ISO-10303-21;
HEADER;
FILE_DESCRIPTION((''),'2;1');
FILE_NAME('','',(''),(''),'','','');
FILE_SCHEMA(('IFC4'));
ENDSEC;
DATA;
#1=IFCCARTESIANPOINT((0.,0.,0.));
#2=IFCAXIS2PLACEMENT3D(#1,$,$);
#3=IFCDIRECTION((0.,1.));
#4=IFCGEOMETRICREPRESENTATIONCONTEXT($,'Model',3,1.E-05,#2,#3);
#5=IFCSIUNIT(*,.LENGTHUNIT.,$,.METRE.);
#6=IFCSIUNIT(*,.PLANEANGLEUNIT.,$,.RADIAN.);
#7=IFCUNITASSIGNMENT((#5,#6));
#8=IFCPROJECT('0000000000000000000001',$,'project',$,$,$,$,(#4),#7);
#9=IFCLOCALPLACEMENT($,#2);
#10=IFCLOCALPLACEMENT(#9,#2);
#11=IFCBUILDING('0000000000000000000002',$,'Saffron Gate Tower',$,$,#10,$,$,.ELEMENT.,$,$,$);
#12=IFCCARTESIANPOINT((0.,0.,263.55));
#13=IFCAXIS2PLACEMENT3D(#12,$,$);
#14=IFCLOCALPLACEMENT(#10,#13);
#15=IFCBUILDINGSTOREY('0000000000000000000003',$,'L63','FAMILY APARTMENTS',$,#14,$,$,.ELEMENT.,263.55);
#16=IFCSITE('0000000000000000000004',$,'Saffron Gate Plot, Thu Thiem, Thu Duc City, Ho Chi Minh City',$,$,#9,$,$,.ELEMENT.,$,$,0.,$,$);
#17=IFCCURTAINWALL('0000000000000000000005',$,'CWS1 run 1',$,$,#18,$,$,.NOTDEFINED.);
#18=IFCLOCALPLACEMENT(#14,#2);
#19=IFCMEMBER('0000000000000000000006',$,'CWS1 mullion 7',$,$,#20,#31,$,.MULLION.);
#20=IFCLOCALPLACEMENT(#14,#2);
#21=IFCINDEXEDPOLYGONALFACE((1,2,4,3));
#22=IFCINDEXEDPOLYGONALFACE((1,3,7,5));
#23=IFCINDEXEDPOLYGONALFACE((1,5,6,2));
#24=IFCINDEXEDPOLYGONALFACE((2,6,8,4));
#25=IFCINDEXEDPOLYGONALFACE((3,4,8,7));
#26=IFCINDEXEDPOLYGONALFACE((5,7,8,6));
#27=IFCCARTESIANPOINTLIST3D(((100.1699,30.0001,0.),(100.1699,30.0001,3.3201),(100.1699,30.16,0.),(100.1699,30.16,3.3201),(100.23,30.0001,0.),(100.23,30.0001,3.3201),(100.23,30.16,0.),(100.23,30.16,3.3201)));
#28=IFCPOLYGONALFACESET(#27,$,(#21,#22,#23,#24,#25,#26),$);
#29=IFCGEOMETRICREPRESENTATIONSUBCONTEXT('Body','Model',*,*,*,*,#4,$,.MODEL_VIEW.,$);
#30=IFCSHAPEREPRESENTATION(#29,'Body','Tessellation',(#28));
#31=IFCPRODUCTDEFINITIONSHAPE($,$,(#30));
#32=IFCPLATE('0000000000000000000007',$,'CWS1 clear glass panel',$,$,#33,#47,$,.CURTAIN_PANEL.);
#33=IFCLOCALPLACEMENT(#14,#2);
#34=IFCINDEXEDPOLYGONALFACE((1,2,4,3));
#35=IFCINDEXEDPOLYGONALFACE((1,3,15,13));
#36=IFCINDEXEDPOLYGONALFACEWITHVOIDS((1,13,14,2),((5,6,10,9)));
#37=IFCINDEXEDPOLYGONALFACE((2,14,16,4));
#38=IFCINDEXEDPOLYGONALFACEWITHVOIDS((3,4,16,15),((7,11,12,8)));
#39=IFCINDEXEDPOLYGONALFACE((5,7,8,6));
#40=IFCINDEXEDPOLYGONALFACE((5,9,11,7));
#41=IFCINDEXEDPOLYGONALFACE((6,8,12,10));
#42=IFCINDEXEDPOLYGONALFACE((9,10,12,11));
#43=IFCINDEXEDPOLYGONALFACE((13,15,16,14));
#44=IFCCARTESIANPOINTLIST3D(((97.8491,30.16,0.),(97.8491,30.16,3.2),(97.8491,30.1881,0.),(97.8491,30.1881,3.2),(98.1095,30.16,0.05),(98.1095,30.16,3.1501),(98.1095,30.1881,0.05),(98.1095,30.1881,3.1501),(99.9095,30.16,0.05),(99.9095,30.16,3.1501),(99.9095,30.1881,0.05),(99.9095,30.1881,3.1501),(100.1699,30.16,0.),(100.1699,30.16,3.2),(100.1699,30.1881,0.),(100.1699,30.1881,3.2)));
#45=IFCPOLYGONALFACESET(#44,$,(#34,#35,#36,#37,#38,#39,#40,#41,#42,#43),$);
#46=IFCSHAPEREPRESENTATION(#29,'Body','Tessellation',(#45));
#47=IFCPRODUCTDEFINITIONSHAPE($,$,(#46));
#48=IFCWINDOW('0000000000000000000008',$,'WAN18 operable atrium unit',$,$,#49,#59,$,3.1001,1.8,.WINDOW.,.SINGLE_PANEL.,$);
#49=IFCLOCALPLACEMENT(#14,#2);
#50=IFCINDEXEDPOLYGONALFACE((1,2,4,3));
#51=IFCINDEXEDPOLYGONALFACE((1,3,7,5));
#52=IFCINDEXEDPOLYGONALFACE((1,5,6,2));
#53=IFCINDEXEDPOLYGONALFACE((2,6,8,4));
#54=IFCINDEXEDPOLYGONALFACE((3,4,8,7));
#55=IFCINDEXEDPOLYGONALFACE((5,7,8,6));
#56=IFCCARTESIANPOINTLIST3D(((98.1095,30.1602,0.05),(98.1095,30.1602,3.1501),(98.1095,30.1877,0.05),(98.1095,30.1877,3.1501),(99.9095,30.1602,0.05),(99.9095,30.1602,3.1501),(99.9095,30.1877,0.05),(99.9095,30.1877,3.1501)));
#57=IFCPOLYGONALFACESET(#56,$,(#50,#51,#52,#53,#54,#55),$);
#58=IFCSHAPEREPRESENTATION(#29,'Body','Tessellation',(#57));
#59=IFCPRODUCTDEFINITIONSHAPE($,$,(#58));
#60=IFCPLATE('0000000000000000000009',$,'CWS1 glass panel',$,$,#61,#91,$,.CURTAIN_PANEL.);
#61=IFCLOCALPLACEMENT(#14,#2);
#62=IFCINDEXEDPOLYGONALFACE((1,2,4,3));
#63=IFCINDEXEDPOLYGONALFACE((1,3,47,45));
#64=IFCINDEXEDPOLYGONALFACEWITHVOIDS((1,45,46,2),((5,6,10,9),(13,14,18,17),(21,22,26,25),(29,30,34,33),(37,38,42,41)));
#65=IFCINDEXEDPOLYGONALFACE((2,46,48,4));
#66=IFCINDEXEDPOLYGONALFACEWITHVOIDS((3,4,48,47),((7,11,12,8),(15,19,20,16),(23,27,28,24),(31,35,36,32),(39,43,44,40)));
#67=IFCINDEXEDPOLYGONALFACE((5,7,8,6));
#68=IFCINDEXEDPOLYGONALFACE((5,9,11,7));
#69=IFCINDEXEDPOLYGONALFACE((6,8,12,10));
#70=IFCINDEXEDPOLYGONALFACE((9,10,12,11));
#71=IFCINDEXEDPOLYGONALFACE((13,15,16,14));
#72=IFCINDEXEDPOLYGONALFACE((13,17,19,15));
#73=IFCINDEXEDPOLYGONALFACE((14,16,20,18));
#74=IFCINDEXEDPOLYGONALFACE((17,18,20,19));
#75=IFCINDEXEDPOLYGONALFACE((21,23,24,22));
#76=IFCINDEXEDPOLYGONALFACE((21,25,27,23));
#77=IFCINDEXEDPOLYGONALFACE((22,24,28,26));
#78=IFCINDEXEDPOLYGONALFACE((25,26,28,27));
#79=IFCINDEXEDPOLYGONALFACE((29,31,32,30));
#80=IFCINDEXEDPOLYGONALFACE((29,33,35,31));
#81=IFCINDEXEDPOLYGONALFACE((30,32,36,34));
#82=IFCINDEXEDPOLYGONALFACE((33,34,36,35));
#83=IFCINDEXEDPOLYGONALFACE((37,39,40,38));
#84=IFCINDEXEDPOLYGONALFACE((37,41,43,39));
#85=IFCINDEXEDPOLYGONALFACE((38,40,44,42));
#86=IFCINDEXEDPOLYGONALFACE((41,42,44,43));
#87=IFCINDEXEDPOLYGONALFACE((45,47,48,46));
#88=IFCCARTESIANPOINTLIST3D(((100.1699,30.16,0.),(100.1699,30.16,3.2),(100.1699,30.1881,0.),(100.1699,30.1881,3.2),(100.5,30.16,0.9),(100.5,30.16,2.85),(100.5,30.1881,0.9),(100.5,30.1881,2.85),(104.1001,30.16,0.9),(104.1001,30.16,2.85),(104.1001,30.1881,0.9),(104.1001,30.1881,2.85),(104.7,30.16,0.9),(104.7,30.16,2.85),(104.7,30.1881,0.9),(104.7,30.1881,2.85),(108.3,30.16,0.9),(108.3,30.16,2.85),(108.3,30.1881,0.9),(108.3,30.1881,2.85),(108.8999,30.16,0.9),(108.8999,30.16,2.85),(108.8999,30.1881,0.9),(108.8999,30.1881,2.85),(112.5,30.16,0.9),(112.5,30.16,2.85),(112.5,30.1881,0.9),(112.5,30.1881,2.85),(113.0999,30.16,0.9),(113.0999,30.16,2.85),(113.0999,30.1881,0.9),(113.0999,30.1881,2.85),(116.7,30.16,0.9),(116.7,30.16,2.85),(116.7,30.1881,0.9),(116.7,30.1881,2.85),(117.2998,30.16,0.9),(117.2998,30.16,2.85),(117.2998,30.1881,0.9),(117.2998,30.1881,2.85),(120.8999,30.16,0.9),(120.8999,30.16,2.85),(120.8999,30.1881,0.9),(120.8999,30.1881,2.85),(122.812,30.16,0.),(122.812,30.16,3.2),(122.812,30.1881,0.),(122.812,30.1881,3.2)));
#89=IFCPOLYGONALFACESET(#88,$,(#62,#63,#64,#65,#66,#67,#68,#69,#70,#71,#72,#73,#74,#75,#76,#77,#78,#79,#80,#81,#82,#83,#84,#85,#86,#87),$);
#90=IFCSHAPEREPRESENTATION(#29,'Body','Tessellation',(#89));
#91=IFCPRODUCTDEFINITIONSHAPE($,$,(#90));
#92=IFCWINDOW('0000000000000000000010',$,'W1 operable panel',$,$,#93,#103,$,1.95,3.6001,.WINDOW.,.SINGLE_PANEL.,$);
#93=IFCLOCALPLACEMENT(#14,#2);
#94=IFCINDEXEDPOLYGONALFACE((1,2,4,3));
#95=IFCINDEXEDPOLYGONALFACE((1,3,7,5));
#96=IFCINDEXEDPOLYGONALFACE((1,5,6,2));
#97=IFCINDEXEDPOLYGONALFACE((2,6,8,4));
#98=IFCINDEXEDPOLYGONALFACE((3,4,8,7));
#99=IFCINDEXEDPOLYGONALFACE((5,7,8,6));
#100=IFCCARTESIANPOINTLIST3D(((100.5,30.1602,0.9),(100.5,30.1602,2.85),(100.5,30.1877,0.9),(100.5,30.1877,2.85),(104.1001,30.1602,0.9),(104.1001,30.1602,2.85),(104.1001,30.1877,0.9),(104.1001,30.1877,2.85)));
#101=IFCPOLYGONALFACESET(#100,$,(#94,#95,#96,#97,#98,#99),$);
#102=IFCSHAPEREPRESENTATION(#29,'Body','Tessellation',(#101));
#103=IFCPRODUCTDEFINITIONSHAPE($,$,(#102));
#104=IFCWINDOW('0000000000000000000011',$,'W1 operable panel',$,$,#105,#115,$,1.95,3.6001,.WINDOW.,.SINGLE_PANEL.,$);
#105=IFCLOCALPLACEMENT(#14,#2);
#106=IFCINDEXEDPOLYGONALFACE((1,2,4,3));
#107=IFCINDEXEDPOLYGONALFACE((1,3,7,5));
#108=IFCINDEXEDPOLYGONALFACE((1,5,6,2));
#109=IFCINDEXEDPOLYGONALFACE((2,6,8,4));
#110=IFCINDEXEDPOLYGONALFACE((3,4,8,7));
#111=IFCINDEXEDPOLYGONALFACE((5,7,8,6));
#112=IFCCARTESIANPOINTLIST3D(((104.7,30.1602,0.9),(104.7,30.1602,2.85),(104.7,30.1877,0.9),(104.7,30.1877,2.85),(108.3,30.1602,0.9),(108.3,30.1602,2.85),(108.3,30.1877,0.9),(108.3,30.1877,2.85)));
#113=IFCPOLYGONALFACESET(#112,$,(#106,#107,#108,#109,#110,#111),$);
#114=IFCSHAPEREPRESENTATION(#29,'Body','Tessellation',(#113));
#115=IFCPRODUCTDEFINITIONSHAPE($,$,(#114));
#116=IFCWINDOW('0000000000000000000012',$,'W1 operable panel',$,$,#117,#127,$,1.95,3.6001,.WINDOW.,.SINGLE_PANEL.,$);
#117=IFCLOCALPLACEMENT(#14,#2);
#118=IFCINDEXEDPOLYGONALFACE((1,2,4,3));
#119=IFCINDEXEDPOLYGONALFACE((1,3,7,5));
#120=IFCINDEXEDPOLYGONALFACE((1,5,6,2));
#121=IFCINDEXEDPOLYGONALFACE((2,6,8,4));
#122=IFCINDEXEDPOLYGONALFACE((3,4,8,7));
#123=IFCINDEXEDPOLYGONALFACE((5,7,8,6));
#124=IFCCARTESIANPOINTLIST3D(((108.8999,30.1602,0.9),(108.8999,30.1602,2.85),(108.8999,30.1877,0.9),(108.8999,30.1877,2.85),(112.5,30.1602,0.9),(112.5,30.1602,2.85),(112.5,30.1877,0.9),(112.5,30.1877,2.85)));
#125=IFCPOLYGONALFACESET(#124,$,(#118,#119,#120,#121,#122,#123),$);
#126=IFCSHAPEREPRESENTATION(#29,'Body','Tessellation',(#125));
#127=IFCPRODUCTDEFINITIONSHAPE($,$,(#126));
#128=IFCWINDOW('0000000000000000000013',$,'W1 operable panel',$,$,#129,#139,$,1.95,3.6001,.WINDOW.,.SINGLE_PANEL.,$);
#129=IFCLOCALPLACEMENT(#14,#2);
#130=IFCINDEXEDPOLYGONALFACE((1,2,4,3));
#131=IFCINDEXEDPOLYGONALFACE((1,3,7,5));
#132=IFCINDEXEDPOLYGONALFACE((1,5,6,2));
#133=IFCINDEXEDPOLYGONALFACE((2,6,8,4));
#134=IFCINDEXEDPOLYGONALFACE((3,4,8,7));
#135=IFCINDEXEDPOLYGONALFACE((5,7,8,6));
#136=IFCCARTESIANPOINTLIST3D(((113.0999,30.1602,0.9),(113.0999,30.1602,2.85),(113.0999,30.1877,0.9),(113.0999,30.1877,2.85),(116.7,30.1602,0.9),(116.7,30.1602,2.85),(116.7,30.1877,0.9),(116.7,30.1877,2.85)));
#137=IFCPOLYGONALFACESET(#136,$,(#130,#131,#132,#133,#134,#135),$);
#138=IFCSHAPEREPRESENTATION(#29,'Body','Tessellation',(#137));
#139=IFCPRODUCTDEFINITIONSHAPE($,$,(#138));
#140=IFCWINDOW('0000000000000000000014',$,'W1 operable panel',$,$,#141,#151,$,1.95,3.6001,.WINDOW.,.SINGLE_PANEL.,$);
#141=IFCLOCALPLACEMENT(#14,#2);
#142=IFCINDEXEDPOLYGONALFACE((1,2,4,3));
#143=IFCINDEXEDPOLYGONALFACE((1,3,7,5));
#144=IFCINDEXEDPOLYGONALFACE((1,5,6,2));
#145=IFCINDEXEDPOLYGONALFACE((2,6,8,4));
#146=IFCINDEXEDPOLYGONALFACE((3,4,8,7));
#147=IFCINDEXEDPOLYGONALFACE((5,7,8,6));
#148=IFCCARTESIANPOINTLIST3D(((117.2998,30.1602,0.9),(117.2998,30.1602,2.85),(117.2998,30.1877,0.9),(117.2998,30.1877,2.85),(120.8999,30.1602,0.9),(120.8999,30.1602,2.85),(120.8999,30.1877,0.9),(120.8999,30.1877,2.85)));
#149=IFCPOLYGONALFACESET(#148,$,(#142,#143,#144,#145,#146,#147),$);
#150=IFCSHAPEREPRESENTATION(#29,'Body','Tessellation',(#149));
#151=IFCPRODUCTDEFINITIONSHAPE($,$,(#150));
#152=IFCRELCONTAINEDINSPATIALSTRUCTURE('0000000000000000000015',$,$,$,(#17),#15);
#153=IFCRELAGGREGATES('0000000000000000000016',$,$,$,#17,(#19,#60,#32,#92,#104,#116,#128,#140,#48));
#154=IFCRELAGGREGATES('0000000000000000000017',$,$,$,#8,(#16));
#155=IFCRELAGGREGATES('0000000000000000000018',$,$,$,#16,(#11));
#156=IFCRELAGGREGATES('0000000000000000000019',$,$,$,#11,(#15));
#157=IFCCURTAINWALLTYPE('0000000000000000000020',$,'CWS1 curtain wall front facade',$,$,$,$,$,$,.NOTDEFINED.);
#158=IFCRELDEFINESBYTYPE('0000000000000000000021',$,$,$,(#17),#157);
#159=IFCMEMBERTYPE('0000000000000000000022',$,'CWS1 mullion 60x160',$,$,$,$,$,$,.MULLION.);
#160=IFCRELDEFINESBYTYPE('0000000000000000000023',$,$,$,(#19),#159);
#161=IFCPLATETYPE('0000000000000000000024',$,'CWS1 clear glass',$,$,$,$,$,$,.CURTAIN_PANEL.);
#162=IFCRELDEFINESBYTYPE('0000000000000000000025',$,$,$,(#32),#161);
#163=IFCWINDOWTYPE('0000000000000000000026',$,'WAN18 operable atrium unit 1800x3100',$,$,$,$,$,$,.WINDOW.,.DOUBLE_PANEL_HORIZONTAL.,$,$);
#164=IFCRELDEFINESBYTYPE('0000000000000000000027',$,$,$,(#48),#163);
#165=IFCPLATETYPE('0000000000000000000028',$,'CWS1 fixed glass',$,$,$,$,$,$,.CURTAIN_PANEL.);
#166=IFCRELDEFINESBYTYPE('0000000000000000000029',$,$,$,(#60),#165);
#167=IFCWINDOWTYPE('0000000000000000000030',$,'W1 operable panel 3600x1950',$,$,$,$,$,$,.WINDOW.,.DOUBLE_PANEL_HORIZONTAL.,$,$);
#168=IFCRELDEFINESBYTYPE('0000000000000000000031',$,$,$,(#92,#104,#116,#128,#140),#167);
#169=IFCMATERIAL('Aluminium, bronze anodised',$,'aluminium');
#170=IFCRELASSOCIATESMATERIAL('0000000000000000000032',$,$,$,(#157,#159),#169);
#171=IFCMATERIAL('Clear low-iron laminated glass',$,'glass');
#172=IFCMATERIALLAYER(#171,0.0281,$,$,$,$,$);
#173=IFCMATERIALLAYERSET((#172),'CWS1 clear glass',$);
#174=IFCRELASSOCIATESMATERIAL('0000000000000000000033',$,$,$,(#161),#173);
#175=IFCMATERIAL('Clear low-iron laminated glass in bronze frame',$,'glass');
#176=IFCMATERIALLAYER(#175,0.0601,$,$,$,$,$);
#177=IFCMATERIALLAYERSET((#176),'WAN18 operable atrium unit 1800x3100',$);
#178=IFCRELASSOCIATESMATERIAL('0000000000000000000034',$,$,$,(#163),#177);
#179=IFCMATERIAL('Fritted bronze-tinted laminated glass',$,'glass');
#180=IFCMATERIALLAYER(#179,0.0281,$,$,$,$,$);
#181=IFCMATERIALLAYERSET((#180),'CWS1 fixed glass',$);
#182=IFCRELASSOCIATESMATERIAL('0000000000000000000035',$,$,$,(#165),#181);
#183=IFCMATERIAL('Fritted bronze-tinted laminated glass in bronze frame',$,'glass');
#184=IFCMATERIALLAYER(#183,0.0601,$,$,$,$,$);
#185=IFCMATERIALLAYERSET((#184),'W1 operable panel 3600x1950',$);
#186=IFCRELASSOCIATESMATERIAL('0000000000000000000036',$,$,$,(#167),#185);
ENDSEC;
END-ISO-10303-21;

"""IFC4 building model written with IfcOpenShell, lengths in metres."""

from ifc_helpers import new_model, si_unit, direction, frame, frame_2d, origin, origin_2d, place, context, subcontext, project, spatial, rectangle, extrude, material, layer, layer_set, material_profile, profile_set, type_object, element, fill, aggregate, save


model = new_model("IFC4")

# Units and contexts
model_context = context("Model", 3, precision=1e-05, world=origin(), true_north=direction((0.0, 1.0)))
body_context = subcontext(model_context, "Body", "Model", "MODEL_VIEW")
ifc_project = project(units=[si_unit("LENGTHUNIT", "METRE"), si_unit("PLANEANGLEUNIT", "RADIAN")], contexts=[model_context])

# Site, building, storey
site_placement = place(None, origin())
site = spatial("IfcSite", under=ifc_project, at=site_placement, Name="Saffron Gate Plot, Thu Thiem, Thu Duc City, Ho Chi Minh City", CompositionType="ELEMENT", RefElevation=0.0)
building_placement = place(site_placement, origin())
building = spatial("IfcBuilding", under=site, at=building_placement, Name="Saffron Gate Tower", CompositionType="ELEMENT")
storey_placement = place(building_placement, frame((0.0, 0.0, 263.55)))
storey = spatial("IfcBuildingStorey", under=building, at=storey_placement, Name="L63", Description="FAMILY APARTMENTS", CompositionType="ELEMENT", Elevation=263.55)

# Curtain wall, member, plates, openings, windows
ifc_material_1 = material(Name="Aluminium, bronze anodised", Category="aluminium")
curtain_wall_type = type_object("IfcCurtainWallType", Name="CWS1 curtain wall front facade", PredefinedType="NOTDEFINED", material=ifc_material_1)
curtain_wall_placement = place(storey_placement, origin())
curtain_wall = element("IfcCurtainWall", 1, at=curtain_wall_placement, inside=storey, type_object=curtain_wall_type, Name="CWS1 run 1", PredefinedType="NOTDEFINED")
ifc_material_profile_1 = material_profile(ifc_material_1, rectangle(XDim=0.1599, YDim=0.0601, at=origin_2d()))
ifc_profile_set_1 = profile_set([ifc_material_profile_1], Name="Aluminium, bronze anodised")
member_type = type_object("IfcMemberType", Name="CWS1 mullion 60x160", PredefinedType="MULLION", material=ifc_profile_set_1)
member_1_placement = place(storey_placement, frame((100.2, 30.0801, 0.0), z_axis=(0.0, 0.0, 1.0), x_axis=(0.0, 1.0, 0.0)))
member_1 = element("IfcMember", 2, at=member_1_placement, type_object=member_type, Name="CWS1 mullion 7", PredefinedType="MULLION", context=body_context, shape_type="SweptSolid", body=[
    extrude(rectangle(XDim=0.1599, YDim=0.0601, at=origin_2d()), origin(), (0.0, 0.0, 1.0), 3.3201),
])
ifc_material_2 = material(Name="Clear low-iron laminated glass", Category="glass")
ifc_layer_1 = layer(ifc_material_2, 0.0281)
ifc_layer_set_1 = layer_set([ifc_layer_1], Name="CWS1 clear glass")
plate_type_1 = type_object("IfcPlateType", Name="CWS1 clear glass", PredefinedType="CURTAIN_PANEL", material=ifc_layer_set_1)
plate_1_placement = place(storey_placement, frame((97.8491, 30.1741, 0.0), z_axis=(0.0, 0.0, 1.0), x_axis=(1.0, 0.0, 0.0)))
plate_1 = element("IfcPlate", 3, at=plate_1_placement, type_object=plate_type_1, Name="CWS1 clear glass panel", PredefinedType="CURTAIN_PANEL", context=body_context, shape_type="SweptSolid", body=[
    extrude(rectangle(XDim=2.3208, YDim=0.0281, at=frame_2d((1.1604, 0.0))), origin(), (0.0, 0.0, 1.0), 3.2),
])
opening_1_placement = place(plate_1_placement, frame((0.2605, 0.0, 0.05)))
opening_1 = element("IfcOpeningElement", 4, at=opening_1_placement, cuts=plate_1, PredefinedType="OPENING", context=body_context, shape_type="SweptSolid", body=[
    extrude(rectangle(XDim=1.8, YDim=3.1001, at=frame_2d((0.8999, 1.55))), frame((0.0, 0.0239, 0.0), z_axis=(0.0, -1.0, 0.0), x_axis=(1.0, 0.0, 0.0)), (0.0, 0.0, 1.0), 0.0481),
])
ifc_material_3 = material(Name="Clear low-iron laminated glass in bronze frame", Category="glass")
ifc_layer_2 = layer(ifc_material_3, 0.0601)
ifc_layer_set_2 = layer_set([ifc_layer_2], Name="WAN18 operable atrium unit 1800x3100")
window_type_1 = type_object("IfcWindowType", Name="WAN18 operable atrium unit 1800x3100", PartitioningType="DOUBLE_PANEL_HORIZONTAL", PredefinedType="WINDOW", material=ifc_layer_set_2)
window_1_placement = place(opening_1_placement, origin())
window_1 = element("IfcWindow", 5, at=window_1_placement, type_object=window_type_1, Name="WAN18 operable atrium unit", OverallHeight=3.1001, OverallWidth=1.8, PartitioningType="SINGLE_PANEL", PredefinedType="WINDOW", context=body_context, shape_type="SweptSolid", body=[
    extrude(rectangle(XDim=1.8, YDim=3.1001, at=frame_2d((0.8999, 1.55))), frame((0.0, 0.0137, 0.0), z_axis=(0.0, -1.0, 0.0), x_axis=(1.0, 0.0, 0.0)), (0.0, 0.0, 1.0), 0.0276),
])
fill(opening_1, window_1)
ifc_material_4 = material(Name="Fritted bronze-tinted laminated glass", Category="glass")
ifc_layer_3 = layer(ifc_material_4, 0.0281)
ifc_layer_set_3 = layer_set([ifc_layer_3], Name="CWS1 fixed glass")
plate_type_2 = type_object("IfcPlateType", Name="CWS1 fixed glass", PredefinedType="CURTAIN_PANEL", material=ifc_layer_set_3)
plate_2_placement = place(storey_placement, frame((100.1699, 30.1741, 0.0), z_axis=(0.0, 0.0, 1.0), x_axis=(1.0, 0.0, 0.0)))
plate_2 = element("IfcPlate", 6, at=plate_2_placement, type_object=plate_type_2, Name="CWS1 glass panel", PredefinedType="CURTAIN_PANEL", context=body_context, shape_type="SweptSolid", body=[
    extrude(rectangle(XDim=22.6421, YDim=0.0281, at=frame_2d((11.321, 0.0))), origin(), (0.0, 0.0, 1.0), 3.2),
])
opening_2_placement = place(plate_2_placement, frame((0.3301, 0.0, 0.8999)))
opening_2 = element("IfcOpeningElement", 7, at=opening_2_placement, cuts=plate_2, PredefinedType="OPENING", context=body_context, shape_type="SweptSolid", body=[
    extrude(rectangle(XDim=3.6001, YDim=1.95, at=frame_2d((1.8, 0.9751))), frame((0.0, 0.0239, 0.0), z_axis=(0.0, -1.0, 0.0), x_axis=(1.0, 0.0, 0.0)), (0.0, 0.0, 1.0), 0.0481),
])
opening_3_placement = place(plate_2_placement, frame((4.53, 0.0, 0.8999)))
opening_3 = element("IfcOpeningElement", 8, at=opening_3_placement, cuts=plate_2, PredefinedType="OPENING", context=body_context, shape_type="SweptSolid", body=[
    extrude(rectangle(XDim=3.6001, YDim=1.95, at=frame_2d((1.8, 0.9751))), frame((0.0, 0.0239, 0.0), z_axis=(0.0, -1.0, 0.0), x_axis=(1.0, 0.0, 0.0)), (0.0, 0.0, 1.0), 0.0481),
])
opening_4_placement = place(plate_2_placement, frame((8.73, 0.0, 0.8999)))
opening_4 = element("IfcOpeningElement", 9, at=opening_4_placement, cuts=plate_2, PredefinedType="OPENING", context=body_context, shape_type="SweptSolid", body=[
    extrude(rectangle(XDim=3.6001, YDim=1.95, at=frame_2d((1.8, 0.9751))), frame((0.0, 0.0239, 0.0), z_axis=(0.0, -1.0, 0.0), x_axis=(1.0, 0.0, 0.0)), (0.0, 0.0, 1.0), 0.0481),
])
opening_5_placement = place(plate_2_placement, frame((12.9299, 0.0, 0.8999)))
opening_5 = element("IfcOpeningElement", 10, at=opening_5_placement, cuts=plate_2, PredefinedType="OPENING", context=body_context, shape_type="SweptSolid", body=[
    extrude(rectangle(XDim=3.6001, YDim=1.95, at=frame_2d((1.8, 0.9751))), frame((0.0, 0.0239, 0.0), z_axis=(0.0, -1.0, 0.0), x_axis=(1.0, 0.0, 0.0)), (0.0, 0.0, 1.0), 0.0481),
])
opening_6_placement = place(plate_2_placement, frame((17.1299, 0.0, 0.8999)))
opening_6 = element("IfcOpeningElement", 11, at=opening_6_placement, cuts=plate_2, PredefinedType="OPENING", context=body_context, shape_type="SweptSolid", body=[
    extrude(rectangle(XDim=3.6001, YDim=1.95, at=frame_2d((1.8, 0.9751))), frame((0.0, 0.0239, 0.0), z_axis=(0.0, -1.0, 0.0), x_axis=(1.0, 0.0, 0.0)), (0.0, 0.0, 1.0), 0.0481),
])
ifc_material_5 = material(Name="Fritted bronze-tinted laminated glass in bronze frame", Category="glass")
ifc_layer_4 = layer(ifc_material_5, 0.0601)
ifc_layer_set_4 = layer_set([ifc_layer_4], Name="W1 operable panel 3600x1950")
window_type_2 = type_object("IfcWindowType", Name="W1 operable panel 3600x1950", PartitioningType="DOUBLE_PANEL_HORIZONTAL", PredefinedType="WINDOW", material=ifc_layer_set_4)
window_2_placement = place(opening_2_placement, origin())
window_2 = element("IfcWindow", 12, at=window_2_placement, type_object=window_type_2, Name="W1 operable panel", OverallHeight=1.95, OverallWidth=3.6001, PartitioningType="SINGLE_PANEL", PredefinedType="WINDOW", context=body_context, shape_type="SweptSolid", body=[
    extrude(rectangle(XDim=3.6001, YDim=1.95, at=frame_2d((1.8, 0.9751))), frame((0.0, 0.0137, 0.0), z_axis=(0.0, -1.0, 0.0), x_axis=(1.0, 0.0, 0.0)), (0.0, 0.0, 1.0), 0.0276),
])
fill(opening_2, window_2)
window_3_placement = place(opening_3_placement, origin())
window_3 = element("IfcWindow", 13, at=window_3_placement, type_object=window_type_2, Name="W1 operable panel", OverallHeight=1.95, OverallWidth=3.6001, PartitioningType="SINGLE_PANEL", PredefinedType="WINDOW", context=body_context, shape_type="SweptSolid", body=[
    extrude(rectangle(XDim=3.6001, YDim=1.95, at=frame_2d((1.8, 0.9751))), frame((0.0, 0.0137, 0.0), z_axis=(0.0, -1.0, 0.0), x_axis=(1.0, 0.0, 0.0)), (0.0, 0.0, 1.0), 0.0276),
])
fill(opening_3, window_3)
window_4_placement = place(opening_4_placement, origin())
window_4 = element("IfcWindow", 14, at=window_4_placement, type_object=window_type_2, Name="W1 operable panel", OverallHeight=1.95, OverallWidth=3.6001, PartitioningType="SINGLE_PANEL", PredefinedType="WINDOW", context=body_context, shape_type="SweptSolid", body=[
    extrude(rectangle(XDim=3.6001, YDim=1.95, at=frame_2d((1.8, 0.9751))), frame((0.0, 0.0137, 0.0), z_axis=(0.0, -1.0, 0.0), x_axis=(1.0, 0.0, 0.0)), (0.0, 0.0, 1.0), 0.0276),
])
fill(opening_4, window_4)
window_5_placement = place(opening_5_placement, origin())
window_5 = element("IfcWindow", 15, at=window_5_placement, type_object=window_type_2, Name="W1 operable panel", OverallHeight=1.95, OverallWidth=3.6001, PartitioningType="SINGLE_PANEL", PredefinedType="WINDOW", context=body_context, shape_type="SweptSolid", body=[
    extrude(rectangle(XDim=3.6001, YDim=1.95, at=frame_2d((1.8, 0.9751))), frame((0.0, 0.0137, 0.0), z_axis=(0.0, -1.0, 0.0), x_axis=(1.0, 0.0, 0.0)), (0.0, 0.0, 1.0), 0.0276),
])
fill(opening_5, window_5)
window_6_placement = place(opening_6_placement, origin())
window_6 = element("IfcWindow", 16, at=window_6_placement, type_object=window_type_2, Name="W1 operable panel", OverallHeight=1.95, OverallWidth=3.6001, PartitioningType="SINGLE_PANEL", PredefinedType="WINDOW", context=body_context, shape_type="SweptSolid", body=[
    extrude(rectangle(XDim=3.6001, YDim=1.95, at=frame_2d((1.8, 0.9751))), frame((0.0, 0.0137, 0.0), z_axis=(0.0, -1.0, 0.0), x_axis=(1.0, 0.0, 0.0)), (0.0, 0.0, 1.0), 0.0276),
])
fill(opening_6, window_6)
aggregate(curtain_wall, [member_1, plate_2, plate_1, window_2, window_3, window_4, window_5, window_6, window_1])

save(model, "model.ifc")
